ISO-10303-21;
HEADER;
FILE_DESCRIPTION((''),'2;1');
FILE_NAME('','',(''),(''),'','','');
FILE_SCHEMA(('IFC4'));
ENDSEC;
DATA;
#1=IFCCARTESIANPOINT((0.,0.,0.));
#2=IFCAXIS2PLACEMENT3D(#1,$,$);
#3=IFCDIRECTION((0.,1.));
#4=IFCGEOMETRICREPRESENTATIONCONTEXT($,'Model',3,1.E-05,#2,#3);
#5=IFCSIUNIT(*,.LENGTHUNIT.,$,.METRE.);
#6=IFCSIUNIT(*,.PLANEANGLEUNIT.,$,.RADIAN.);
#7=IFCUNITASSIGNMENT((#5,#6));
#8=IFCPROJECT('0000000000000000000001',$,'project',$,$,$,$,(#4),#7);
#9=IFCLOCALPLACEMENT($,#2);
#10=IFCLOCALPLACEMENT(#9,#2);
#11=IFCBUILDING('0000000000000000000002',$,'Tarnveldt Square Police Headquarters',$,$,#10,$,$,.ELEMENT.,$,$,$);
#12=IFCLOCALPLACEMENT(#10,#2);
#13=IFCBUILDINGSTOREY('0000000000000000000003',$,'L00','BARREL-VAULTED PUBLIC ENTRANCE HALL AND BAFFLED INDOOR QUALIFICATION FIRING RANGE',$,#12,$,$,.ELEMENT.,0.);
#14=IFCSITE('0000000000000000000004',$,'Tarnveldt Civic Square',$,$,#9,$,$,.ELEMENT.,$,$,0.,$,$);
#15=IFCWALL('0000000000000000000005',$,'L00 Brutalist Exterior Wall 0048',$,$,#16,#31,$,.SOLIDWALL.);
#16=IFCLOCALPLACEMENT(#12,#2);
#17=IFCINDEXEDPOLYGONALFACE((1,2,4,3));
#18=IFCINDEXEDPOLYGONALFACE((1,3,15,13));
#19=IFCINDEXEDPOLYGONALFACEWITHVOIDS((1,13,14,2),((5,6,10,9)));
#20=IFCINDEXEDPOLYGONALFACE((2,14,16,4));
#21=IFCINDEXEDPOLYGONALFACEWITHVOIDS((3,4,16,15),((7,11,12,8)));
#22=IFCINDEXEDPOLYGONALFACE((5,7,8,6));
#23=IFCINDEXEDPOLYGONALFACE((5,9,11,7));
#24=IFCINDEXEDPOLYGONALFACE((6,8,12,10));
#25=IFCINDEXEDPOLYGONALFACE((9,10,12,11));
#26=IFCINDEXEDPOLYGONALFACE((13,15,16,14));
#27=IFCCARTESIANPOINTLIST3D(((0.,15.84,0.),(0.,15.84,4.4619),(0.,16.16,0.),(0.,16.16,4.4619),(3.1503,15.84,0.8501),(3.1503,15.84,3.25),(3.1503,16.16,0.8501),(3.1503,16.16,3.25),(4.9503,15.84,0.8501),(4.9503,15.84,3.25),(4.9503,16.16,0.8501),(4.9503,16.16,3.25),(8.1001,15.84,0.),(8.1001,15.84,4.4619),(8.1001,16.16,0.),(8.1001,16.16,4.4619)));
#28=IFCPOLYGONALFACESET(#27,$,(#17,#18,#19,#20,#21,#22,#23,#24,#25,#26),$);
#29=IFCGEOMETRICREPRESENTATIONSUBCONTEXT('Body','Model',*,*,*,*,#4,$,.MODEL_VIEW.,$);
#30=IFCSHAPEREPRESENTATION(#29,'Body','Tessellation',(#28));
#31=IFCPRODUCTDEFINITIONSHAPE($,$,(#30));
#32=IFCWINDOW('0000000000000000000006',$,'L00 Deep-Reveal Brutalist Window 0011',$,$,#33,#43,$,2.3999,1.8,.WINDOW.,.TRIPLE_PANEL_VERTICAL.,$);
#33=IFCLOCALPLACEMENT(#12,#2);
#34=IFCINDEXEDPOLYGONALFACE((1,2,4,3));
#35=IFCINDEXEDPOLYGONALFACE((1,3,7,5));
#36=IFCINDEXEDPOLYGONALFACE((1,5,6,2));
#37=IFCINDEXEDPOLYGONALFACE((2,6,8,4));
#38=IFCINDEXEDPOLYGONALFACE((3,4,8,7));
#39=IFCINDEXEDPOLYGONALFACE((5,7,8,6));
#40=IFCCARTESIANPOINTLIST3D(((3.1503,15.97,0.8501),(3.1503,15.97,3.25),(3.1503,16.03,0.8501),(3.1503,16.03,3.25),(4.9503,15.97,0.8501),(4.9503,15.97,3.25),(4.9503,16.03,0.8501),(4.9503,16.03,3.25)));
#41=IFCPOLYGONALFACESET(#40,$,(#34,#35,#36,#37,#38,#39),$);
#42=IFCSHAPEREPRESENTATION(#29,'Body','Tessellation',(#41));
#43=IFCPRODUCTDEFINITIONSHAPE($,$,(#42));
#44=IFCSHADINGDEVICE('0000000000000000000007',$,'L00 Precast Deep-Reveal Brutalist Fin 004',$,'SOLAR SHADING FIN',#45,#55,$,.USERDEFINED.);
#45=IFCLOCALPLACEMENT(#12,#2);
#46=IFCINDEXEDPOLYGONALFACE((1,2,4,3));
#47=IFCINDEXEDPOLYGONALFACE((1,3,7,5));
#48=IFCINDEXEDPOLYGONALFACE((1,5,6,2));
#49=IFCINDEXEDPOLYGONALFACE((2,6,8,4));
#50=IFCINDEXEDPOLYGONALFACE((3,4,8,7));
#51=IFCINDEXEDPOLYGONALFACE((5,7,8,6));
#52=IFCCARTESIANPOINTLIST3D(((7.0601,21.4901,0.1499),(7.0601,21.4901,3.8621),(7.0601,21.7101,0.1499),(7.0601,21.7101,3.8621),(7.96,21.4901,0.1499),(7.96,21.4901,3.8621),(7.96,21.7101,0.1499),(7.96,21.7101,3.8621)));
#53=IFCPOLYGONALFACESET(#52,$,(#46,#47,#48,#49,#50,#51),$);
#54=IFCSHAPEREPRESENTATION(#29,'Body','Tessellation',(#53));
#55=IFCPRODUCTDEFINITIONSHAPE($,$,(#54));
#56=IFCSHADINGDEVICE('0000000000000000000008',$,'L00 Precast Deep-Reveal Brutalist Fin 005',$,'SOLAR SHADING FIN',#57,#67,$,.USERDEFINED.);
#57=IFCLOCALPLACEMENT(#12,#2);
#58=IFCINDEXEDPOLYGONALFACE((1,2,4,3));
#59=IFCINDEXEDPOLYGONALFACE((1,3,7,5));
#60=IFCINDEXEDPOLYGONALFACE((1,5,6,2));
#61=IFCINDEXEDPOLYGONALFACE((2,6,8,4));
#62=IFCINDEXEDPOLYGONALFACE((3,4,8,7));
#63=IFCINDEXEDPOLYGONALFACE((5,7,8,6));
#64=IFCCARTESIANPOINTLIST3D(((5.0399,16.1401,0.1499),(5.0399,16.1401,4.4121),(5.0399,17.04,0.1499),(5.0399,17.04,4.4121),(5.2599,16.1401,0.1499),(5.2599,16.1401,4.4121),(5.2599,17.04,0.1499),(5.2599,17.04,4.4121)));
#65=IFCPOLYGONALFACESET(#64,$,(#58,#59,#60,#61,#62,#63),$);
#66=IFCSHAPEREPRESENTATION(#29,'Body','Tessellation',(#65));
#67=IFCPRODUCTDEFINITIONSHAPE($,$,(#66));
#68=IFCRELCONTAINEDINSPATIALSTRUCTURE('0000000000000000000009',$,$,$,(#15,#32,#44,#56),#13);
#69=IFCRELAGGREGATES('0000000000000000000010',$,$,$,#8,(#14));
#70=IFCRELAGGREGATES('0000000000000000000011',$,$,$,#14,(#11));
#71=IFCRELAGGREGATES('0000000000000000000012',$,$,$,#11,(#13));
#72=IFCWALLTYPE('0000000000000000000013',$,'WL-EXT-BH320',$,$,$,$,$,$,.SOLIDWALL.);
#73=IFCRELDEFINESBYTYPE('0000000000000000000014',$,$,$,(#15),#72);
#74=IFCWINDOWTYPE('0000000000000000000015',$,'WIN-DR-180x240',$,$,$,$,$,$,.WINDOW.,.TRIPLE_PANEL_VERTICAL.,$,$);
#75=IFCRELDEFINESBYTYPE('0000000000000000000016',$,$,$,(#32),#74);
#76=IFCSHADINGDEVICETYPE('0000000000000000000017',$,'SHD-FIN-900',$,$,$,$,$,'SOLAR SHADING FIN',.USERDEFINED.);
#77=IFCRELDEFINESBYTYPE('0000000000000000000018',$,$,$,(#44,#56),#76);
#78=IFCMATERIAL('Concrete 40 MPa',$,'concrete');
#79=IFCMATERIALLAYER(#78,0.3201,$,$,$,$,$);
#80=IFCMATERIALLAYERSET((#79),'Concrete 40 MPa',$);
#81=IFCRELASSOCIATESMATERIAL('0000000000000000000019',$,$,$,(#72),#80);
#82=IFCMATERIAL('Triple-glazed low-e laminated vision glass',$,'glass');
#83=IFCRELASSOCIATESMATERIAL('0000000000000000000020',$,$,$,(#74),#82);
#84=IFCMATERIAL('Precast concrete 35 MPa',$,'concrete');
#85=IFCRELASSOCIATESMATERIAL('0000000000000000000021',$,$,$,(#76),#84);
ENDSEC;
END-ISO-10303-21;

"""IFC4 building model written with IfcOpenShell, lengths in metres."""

from ifc_helpers import new_model, si_unit, direction, frame, frame_2d, origin, origin_2d, place, context, subcontext, project, spatial, rectangle, extrude, material, layer, layer_set, material_profile, profile_set, type_object, element, fill, save


model = new_model("IFC4")

# Units and contexts
model_context = context("Model", 3, precision=1e-05, world=origin(), true_north=direction((0.0, 1.0)))
body_context = subcontext(model_context, "Body", "Model", "MODEL_VIEW")
ifc_project = project(units=[si_unit("LENGTHUNIT", "METRE"), si_unit("PLANEANGLEUNIT", "RADIAN")], contexts=[model_context])

# Site, building, storey
site_placement = place(None, origin())
site = spatial("IfcSite", under=ifc_project, at=site_placement, Name="Tarnveldt Civic Square", CompositionType="ELEMENT", RefElevation=0.0)
building_placement = place(site_placement, origin())
building = spatial("IfcBuilding", under=site, at=building_placement, Name="Tarnveldt Square Police Headquarters", CompositionType="ELEMENT")
storey_placement = place(building_placement, origin())
storey = spatial("IfcBuildingStorey", under=building, at=storey_placement, Name="L00", Description="BARREL-VAULTED PUBLIC ENTRANCE HALL AND BAFFLED INDOOR QUALIFICATION FIRING RANGE", CompositionType="ELEMENT", Elevation=0.0)

# Shared definitions
ifc_material_1 = material(Name="Concrete 40 MPa", Category="concrete")

# Wall, opening, window
ifc_layer_1 = layer(ifc_material_1, 0.3201)
ifc_layer_set_1 = layer_set([ifc_layer_1], Name="Concrete 40 MPa")
wall_type_1 = type_object("IfcWallType", Name="WL-EXT-BH320", PredefinedType="SOLIDWALL", material=ifc_layer_set_1)
ifc_material_2 = material(Name="Triple-glazed low-e laminated vision glass", Category="glass")
wall_1_placement = place(storey_placement, frame((8.1001, 16.0, 0.0), z_axis=(0.0, 0.0, 1.0), x_axis=(-1.0, 0.0, 0.0)))
wall_1 = element("IfcWall", 1, at=wall_1_placement, inside=storey, type_object=wall_type_1, Name="L00 Brutalist Exterior Wall 0048", PredefinedType="SOLIDWALL", context=body_context, shape_type="SweptSolid", body=[
    extrude(rectangle(XDim=8.1001, YDim=0.3201, at=frame_2d((4.05, 0.0))), origin(), (0.0, 0.0, 1.0), 4.4619),
])
opening_1_placement = place(wall_1_placement, frame((3.1499, 0.0, 0.8501)))
opening_1 = element("IfcOpeningElement", 2, at=opening_1_placement, cuts=wall_1, PredefinedType="OPENING", context=body_context, shape_type="SweptSolid", body=[
    extrude(rectangle(XDim=1.8, YDim=2.3999, at=frame_2d((0.8999, 1.2))), frame((0.0, 0.1699, 0.0), z_axis=(0.0, -1.0, 0.0), x_axis=(1.0, 0.0, 0.0)), (0.0, 0.0, 1.0), 0.3401),
])
window_type_1 = type_object("IfcWindowType", Name="WIN-DR-180x240", PartitioningType="TRIPLE_PANEL_VERTICAL", PredefinedType="WINDOW", material=ifc_material_2)
window_1_placement = place(opening_1_placement, origin())
window_1 = element("IfcWindow", 3, at=window_1_placement, inside=storey, type_object=window_type_1, Name="L00 Deep-Reveal Brutalist Window 0011", OverallHeight=2.3999, OverallWidth=1.8, PartitioningType="TRIPLE_PANEL_VERTICAL", PredefinedType="WINDOW", context=body_context, shape_type="SweptSolid", body=[
    extrude(rectangle(XDim=1.8, YDim=2.3999, at=frame_2d((0.8999, 1.2))), frame((0.0, 0.03, 0.0), z_axis=(0.0, -1.0, 0.0), x_axis=(1.0, 0.0, 0.0)), (0.0, 0.0, 1.0), 0.0601),
])
fill(opening_1, window_1)

# Shading devices
ifc_material_3 = material(Name="Precast concrete 35 MPa", Category="concrete")
ifc_material_profile_1 = material_profile(ifc_material_3, rectangle(XDim=0.22, YDim=0.8999, at=origin_2d()), Name="PC-FIN220x900")
ifc_profile_set_1 = profile_set([ifc_material_profile_1], Name="Precast concrete 35 MPa")
shading_device_type = type_object("IfcShadingDeviceType", Name="SHD-FIN-900", ElementType="SOLAR SHADING FIN", PredefinedType="USERDEFINED", material=ifc_profile_set_1)
shading_device_1_placement = place(storey_placement, frame((7.51, 21.6001, 0.1499), z_axis=(0.0, 0.0, 1.0), x_axis=(0.0, -1.0, 0.0)))
element("IfcShadingDevice", 4, at=shading_device_1_placement, inside=storey, type_object=shading_device_type, Name="L00 Precast Deep-Reveal Brutalist Fin 004", ObjectType="SOLAR SHADING FIN", PredefinedType="USERDEFINED", context=body_context, shape_type="SweptSolid", body=[
    extrude(rectangle(XDim=0.22, YDim=0.8999, at=origin_2d()), origin(), (0.0, 0.0, 1.0), 3.7122),
])
shading_device_2_placement = place(storey_placement, frame((5.1499, 16.5901, 0.1499), z_axis=(0.0, 0.0, 1.0), x_axis=(-1.0, 0.0, 0.0)))
element("IfcShadingDevice", 5, at=shading_device_2_placement, inside=storey, type_object=shading_device_type, Name="L00 Precast Deep-Reveal Brutalist Fin 005", ObjectType="SOLAR SHADING FIN", PredefinedType="USERDEFINED", context=body_context, shape_type="SweptSolid", body=[
    extrude(rectangle(XDim=0.22, YDim=0.8999, at=origin_2d()), origin(), (0.0, 0.0, 1.0), 4.2622),
])

save(model, "model.ifc")
